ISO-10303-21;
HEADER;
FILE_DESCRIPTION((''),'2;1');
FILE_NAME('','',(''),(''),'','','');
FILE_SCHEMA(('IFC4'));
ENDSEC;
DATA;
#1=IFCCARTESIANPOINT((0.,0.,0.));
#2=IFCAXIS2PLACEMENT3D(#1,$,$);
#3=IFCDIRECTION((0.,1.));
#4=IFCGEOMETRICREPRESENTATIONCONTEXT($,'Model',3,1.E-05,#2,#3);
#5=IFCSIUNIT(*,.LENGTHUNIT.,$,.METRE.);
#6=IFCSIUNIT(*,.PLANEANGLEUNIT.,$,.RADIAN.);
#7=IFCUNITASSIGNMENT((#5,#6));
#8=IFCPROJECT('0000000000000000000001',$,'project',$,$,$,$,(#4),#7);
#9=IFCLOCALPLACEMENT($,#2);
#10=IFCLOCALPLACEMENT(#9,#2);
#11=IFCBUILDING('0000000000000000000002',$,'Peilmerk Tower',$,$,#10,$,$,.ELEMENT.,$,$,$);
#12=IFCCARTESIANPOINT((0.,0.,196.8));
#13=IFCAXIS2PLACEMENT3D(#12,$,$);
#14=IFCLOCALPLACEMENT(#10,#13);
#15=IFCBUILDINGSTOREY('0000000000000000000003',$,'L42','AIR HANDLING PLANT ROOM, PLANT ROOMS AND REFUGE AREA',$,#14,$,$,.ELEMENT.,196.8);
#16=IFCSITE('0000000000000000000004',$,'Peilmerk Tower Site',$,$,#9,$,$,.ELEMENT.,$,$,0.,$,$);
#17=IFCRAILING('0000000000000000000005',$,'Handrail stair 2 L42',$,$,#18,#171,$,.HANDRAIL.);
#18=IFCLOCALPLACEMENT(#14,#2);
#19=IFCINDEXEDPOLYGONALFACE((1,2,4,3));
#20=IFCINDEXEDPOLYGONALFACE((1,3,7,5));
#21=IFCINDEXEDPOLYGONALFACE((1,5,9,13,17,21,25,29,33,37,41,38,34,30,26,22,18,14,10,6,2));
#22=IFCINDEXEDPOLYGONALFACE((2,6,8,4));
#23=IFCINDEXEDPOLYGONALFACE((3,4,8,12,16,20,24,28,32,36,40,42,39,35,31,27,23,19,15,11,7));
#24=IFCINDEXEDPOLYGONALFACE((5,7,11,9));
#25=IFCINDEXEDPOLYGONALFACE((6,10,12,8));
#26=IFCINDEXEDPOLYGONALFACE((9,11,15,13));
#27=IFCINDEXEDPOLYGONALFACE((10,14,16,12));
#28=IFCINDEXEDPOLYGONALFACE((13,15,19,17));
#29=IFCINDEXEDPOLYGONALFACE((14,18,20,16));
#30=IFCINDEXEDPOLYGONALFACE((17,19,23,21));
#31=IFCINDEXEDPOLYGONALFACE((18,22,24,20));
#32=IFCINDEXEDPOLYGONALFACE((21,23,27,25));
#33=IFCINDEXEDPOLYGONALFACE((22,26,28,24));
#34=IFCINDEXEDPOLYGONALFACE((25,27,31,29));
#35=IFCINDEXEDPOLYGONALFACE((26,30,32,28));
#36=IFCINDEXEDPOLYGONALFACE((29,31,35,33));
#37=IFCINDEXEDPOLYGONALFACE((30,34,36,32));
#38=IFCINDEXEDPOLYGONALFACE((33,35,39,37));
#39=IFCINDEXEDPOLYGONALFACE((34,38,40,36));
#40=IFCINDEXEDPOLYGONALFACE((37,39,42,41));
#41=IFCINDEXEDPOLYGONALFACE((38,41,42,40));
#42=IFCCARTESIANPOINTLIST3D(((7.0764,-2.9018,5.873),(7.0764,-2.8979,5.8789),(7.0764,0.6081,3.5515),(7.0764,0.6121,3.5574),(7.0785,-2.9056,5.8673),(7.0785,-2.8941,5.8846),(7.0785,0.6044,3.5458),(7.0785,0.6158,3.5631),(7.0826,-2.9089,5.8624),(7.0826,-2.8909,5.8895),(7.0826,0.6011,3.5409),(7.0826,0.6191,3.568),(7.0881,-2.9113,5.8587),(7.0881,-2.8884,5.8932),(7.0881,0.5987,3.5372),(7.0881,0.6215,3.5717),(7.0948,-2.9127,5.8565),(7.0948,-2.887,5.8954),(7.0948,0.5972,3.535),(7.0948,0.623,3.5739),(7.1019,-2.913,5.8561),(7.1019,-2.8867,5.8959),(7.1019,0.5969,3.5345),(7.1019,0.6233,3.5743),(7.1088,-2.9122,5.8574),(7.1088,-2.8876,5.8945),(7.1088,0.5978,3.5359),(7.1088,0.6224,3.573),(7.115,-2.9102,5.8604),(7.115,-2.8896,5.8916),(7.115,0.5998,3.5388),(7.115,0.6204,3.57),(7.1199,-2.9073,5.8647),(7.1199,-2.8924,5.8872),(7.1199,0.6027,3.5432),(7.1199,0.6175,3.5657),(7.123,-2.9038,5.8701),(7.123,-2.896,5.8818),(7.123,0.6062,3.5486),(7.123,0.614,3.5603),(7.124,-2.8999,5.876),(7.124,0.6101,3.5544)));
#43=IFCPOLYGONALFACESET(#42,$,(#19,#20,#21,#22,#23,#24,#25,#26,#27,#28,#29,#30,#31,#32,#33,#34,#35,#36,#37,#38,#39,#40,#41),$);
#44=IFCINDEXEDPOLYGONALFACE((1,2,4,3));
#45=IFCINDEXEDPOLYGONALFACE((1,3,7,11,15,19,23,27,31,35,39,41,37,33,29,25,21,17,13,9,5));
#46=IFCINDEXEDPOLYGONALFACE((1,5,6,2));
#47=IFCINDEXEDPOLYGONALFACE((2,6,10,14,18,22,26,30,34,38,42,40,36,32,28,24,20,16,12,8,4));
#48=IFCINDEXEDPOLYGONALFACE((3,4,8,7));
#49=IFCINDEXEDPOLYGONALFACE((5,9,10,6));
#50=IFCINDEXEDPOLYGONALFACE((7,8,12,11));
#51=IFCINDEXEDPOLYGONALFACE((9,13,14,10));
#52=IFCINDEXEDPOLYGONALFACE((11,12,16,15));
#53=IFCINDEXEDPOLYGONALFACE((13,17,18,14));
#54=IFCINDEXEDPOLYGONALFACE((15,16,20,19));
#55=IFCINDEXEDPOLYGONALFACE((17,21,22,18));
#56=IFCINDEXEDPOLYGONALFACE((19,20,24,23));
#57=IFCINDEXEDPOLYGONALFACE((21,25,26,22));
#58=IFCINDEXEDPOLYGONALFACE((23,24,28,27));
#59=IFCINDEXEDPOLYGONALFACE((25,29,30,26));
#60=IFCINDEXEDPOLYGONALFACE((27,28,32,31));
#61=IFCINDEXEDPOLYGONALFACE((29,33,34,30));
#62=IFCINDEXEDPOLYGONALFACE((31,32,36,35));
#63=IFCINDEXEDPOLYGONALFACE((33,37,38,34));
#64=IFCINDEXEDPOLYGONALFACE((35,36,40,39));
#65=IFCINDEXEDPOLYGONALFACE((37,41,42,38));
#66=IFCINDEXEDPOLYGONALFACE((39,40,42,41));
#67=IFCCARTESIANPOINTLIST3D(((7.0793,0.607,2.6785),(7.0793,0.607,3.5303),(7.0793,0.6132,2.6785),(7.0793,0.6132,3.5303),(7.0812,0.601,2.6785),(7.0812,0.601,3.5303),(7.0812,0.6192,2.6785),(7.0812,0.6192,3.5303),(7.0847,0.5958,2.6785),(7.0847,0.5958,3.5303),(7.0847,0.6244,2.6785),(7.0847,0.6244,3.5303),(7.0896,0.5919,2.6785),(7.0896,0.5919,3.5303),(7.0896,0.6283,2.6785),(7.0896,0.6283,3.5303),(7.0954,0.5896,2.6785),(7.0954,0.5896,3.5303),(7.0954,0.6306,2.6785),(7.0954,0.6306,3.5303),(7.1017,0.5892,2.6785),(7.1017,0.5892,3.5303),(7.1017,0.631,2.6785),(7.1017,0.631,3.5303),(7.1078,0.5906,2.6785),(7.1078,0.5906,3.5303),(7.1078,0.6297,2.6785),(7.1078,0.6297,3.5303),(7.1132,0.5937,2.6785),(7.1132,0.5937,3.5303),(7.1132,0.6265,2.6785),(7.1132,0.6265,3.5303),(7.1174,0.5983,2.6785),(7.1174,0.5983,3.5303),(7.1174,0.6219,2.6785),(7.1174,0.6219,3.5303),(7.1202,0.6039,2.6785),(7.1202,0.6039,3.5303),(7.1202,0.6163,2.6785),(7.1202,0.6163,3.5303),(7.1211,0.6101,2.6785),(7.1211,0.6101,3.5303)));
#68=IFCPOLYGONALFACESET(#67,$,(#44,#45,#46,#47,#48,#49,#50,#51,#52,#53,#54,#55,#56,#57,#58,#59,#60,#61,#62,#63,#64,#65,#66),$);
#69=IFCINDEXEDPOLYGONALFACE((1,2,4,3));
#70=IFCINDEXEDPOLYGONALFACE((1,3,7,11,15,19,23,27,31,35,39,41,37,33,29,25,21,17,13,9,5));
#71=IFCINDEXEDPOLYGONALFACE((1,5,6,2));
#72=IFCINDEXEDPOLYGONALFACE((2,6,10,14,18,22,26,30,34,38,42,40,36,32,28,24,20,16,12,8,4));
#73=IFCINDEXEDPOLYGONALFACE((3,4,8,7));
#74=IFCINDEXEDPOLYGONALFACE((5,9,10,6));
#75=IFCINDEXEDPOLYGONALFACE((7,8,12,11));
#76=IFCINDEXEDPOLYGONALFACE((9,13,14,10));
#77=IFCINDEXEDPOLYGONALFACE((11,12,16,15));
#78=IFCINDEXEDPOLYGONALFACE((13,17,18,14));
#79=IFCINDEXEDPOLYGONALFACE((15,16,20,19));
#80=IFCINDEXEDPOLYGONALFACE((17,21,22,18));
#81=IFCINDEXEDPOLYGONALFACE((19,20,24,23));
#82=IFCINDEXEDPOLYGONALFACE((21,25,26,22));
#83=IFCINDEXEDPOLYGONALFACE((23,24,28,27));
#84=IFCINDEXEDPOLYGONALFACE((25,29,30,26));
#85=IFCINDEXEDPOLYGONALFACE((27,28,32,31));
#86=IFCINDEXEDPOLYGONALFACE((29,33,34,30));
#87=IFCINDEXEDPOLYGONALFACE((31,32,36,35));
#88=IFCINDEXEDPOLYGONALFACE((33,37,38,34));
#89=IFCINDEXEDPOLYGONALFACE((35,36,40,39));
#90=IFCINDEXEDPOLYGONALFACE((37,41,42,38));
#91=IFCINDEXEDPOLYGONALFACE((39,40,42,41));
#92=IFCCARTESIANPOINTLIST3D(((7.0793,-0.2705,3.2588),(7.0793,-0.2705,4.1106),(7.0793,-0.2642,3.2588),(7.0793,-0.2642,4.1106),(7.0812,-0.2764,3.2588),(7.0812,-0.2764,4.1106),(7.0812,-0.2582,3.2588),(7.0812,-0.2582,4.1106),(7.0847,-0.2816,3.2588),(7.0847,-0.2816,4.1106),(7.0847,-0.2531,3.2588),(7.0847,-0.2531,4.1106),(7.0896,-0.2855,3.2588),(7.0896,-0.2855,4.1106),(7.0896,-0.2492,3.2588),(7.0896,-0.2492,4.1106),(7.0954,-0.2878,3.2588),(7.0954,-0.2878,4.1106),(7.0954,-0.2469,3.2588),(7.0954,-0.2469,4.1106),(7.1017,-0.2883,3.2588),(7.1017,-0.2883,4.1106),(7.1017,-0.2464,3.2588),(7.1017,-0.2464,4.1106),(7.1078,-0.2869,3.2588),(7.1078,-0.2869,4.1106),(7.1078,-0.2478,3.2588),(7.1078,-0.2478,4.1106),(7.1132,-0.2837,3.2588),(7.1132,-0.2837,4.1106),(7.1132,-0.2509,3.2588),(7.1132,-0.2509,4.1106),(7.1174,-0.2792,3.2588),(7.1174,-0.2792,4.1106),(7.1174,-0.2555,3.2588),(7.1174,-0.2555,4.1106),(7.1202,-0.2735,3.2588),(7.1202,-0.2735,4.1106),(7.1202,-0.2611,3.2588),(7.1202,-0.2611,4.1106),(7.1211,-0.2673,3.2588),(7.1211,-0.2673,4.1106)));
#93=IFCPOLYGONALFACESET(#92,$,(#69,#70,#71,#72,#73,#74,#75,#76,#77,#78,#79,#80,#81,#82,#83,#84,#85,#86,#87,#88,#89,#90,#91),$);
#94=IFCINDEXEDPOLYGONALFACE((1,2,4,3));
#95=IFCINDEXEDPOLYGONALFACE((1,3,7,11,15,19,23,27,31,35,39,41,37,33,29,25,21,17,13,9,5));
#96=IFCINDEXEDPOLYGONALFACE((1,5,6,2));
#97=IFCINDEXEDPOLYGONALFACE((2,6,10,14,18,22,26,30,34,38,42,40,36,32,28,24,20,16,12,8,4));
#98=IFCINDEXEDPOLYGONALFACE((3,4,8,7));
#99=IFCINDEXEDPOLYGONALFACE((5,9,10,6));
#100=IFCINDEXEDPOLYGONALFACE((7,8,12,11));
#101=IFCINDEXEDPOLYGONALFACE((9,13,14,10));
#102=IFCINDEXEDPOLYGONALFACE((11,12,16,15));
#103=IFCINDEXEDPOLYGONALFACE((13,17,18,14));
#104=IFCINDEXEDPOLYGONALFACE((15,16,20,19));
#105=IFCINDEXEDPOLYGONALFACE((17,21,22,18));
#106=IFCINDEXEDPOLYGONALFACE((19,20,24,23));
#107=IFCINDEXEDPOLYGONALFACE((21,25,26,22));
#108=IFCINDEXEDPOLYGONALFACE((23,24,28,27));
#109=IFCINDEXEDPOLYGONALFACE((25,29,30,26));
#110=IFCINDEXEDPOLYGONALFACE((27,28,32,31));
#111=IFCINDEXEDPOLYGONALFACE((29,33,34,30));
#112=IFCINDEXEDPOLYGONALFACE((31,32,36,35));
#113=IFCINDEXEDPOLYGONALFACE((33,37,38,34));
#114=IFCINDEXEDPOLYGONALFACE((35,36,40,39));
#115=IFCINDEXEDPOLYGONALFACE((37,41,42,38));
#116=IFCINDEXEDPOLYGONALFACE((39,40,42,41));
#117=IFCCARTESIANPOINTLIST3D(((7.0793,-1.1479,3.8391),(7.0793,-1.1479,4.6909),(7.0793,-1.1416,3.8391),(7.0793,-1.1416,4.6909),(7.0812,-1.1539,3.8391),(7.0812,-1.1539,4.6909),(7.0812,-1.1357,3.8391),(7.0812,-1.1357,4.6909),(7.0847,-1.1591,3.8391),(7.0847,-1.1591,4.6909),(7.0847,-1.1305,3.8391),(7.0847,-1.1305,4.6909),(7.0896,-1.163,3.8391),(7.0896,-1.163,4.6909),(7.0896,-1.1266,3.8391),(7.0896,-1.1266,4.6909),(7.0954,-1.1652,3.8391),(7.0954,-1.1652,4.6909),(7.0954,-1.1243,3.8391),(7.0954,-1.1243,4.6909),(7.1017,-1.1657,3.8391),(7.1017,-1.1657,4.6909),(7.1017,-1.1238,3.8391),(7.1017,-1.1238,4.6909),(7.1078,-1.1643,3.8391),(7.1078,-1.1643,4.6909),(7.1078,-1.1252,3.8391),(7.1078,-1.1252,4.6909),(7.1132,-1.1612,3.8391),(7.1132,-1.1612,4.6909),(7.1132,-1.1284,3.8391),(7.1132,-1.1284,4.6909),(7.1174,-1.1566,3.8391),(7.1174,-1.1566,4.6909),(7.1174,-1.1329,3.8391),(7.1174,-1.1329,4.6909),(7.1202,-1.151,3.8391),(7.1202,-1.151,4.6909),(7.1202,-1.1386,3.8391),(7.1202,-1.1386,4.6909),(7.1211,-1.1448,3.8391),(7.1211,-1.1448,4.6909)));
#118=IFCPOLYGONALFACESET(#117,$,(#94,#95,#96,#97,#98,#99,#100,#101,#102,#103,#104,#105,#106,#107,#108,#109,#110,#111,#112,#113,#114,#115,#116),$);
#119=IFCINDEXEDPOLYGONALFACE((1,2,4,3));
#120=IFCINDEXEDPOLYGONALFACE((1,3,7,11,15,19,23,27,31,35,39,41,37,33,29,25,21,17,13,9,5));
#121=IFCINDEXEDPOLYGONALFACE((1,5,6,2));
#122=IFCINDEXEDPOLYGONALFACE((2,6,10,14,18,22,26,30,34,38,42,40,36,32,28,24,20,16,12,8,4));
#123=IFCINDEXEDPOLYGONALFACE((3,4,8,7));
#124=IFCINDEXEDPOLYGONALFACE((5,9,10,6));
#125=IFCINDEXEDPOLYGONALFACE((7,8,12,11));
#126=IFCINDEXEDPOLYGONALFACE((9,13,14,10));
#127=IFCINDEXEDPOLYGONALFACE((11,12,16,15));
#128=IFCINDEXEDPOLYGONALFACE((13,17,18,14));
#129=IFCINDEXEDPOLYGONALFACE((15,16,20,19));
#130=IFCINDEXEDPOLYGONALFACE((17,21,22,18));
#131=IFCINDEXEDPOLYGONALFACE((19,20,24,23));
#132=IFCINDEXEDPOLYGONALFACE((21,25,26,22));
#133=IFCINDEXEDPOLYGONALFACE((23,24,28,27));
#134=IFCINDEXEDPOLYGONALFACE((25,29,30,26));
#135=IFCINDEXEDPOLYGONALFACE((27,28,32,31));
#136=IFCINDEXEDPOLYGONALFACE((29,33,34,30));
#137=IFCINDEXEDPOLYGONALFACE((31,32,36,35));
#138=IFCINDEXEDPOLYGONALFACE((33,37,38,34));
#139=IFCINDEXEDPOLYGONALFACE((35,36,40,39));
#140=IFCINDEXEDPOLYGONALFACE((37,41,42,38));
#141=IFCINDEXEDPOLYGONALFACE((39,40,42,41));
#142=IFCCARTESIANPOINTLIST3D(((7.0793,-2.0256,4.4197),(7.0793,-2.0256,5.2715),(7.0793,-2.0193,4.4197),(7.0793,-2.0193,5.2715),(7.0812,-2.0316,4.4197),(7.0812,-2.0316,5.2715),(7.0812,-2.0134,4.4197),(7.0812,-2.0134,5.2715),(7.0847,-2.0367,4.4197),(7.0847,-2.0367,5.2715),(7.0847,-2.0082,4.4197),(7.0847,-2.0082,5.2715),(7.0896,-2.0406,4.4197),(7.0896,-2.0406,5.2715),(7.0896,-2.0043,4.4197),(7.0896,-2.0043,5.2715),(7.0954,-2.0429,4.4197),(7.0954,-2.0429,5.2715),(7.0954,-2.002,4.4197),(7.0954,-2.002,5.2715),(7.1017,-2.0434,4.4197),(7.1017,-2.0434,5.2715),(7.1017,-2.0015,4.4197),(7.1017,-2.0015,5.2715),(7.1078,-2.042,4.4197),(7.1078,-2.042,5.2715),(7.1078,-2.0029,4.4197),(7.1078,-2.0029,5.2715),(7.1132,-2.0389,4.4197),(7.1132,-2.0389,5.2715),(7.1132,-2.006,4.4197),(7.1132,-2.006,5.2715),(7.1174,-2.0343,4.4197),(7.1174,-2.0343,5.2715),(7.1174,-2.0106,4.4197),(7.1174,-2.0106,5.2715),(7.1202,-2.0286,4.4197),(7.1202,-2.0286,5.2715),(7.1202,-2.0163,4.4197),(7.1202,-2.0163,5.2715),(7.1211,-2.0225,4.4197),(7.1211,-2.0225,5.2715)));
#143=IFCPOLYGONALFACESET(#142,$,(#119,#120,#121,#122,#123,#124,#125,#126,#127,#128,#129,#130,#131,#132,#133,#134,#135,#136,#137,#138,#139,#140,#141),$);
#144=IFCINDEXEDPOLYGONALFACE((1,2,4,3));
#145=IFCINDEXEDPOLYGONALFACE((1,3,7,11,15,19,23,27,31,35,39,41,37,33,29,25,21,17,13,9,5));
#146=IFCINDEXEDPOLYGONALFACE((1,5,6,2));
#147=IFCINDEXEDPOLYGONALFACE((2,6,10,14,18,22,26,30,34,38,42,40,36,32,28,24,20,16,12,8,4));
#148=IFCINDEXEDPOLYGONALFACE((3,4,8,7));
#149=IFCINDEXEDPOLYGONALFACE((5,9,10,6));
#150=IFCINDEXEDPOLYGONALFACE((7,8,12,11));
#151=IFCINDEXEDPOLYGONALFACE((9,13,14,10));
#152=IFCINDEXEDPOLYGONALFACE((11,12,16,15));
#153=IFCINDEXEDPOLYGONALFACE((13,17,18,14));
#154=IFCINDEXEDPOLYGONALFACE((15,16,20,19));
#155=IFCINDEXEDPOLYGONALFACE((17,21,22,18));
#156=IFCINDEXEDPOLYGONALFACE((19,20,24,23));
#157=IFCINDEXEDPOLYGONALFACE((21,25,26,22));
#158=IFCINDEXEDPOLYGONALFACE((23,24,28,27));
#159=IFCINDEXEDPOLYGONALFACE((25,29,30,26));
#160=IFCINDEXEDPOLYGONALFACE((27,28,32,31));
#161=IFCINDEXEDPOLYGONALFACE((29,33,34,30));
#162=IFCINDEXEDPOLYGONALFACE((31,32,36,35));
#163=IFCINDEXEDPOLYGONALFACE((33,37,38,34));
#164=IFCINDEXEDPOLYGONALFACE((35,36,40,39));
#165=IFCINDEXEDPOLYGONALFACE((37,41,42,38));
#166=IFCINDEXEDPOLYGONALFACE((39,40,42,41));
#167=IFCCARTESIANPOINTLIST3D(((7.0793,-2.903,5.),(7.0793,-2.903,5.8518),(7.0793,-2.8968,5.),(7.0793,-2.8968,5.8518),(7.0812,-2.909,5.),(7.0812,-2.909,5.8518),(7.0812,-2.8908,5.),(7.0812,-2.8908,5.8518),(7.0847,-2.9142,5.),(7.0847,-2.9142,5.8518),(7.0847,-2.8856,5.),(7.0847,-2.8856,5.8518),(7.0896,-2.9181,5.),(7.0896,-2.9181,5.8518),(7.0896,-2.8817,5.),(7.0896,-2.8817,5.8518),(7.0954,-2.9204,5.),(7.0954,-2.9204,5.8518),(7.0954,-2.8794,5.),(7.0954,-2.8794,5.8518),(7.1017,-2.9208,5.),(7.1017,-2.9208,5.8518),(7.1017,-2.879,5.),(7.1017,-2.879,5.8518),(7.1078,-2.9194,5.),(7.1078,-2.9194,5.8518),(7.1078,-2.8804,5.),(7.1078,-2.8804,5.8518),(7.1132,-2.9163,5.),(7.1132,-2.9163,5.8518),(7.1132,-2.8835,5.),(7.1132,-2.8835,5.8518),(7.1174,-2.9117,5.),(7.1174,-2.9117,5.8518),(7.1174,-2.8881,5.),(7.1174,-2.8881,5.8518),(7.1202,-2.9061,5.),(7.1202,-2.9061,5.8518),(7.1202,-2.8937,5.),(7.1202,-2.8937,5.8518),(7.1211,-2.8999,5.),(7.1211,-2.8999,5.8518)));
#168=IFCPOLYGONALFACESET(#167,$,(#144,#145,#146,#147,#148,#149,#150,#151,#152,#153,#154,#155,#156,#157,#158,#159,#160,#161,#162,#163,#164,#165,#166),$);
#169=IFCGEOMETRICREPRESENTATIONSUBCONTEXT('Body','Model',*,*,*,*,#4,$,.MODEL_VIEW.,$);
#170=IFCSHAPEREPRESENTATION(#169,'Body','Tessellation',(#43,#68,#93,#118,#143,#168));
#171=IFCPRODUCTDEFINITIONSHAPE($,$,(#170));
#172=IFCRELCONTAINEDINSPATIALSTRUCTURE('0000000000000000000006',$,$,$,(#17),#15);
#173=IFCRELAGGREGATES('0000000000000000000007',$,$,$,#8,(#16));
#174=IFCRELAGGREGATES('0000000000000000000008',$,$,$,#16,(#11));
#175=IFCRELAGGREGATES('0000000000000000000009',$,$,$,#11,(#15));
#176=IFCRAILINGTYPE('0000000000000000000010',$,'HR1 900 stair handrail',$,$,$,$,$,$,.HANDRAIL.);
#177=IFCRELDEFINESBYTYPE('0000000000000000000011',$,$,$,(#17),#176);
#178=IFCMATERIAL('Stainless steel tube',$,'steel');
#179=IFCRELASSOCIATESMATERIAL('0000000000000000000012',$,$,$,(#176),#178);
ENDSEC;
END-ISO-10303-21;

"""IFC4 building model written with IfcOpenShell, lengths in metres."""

from ifc_helpers import new_model, si_unit, direction, frame, origin, origin_2d, place, context, subcontext, project, spatial, circle, extrude, material, type_object, element, save


model = new_model("IFC4")

# Units and contexts
model_context = context("Model", 3, precision=1e-05, world=origin(), true_north=direction((0.0, 1.0)))
body_context = subcontext(model_context, "Body", "Model", "MODEL_VIEW")
ifc_project = project(units=[si_unit("LENGTHUNIT", "METRE"), si_unit("PLANEANGLEUNIT", "RADIAN")], contexts=[model_context])

# Site, building, storey
site_placement = place(None, origin())
site = spatial("IfcSite", under=ifc_project, at=site_placement, Name="Peilmerk Tower Site", CompositionType="ELEMENT", RefElevation=0.0)
building_placement = place(site_placement, origin())
building = spatial("IfcBuilding", under=site, at=building_placement, Name="Peilmerk Tower", CompositionType="ELEMENT")
storey_placement = place(building_placement, frame((0.0, 0.0, 196.8)))
storey = spatial("IfcBuildingStorey", under=building, at=storey_placement, Name="L42", Description="AIR HANDLING PLANT ROOM, PLANT ROOMS AND REFUGE AREA", CompositionType="ELEMENT", Elevation=196.8)

# Railing
ifc_material_1 = material(Name="Stainless steel tube", Category="steel")
railing_type_1 = type_object("IfcRailingType", Name="HR1 900 stair handrail", PredefinedType="HANDRAIL", material=ifc_material_1)
railing_1_placement = place(storey_placement, frame((7.1001, 0.6101, 2.6785)))
element("IfcRailing", 1, at=railing_1_placement, inside=storey, type_object=railing_type_1, Name="Handrail stair 2 L42", PredefinedType="HANDRAIL", context=body_context, shape_type="SweptSolid", body=[
    extrude(circle(Radius=0.0239, at=origin_2d()), frame((0.0, 0.0, 0.876), z_axis=(0.0, -0.834071, 0.551657), x_axis=(1.0, 0.0, 0.0)), (0.0, 0.0, 1.0), 4.2083),
    extrude(circle(Radius=0.021, at=origin_2d()), origin(), (0.0, 0.0, 1.0), 0.8518),
    extrude(circle(Radius=0.021, at=origin_2d()), frame((0.0, -0.8774, 0.5803)), (0.0, 0.0, 1.0), 0.8518),
    extrude(circle(Radius=0.021, at=origin_2d()), frame((0.0, -1.7549, 1.1606)), (0.0, 0.0, 1.0), 0.8518),
    extrude(circle(Radius=0.021, at=origin_2d()), frame((0.0, -2.6326, 1.7412)), (0.0, 0.0, 1.0), 0.8518),
    extrude(circle(Radius=0.021, at=origin_2d()), frame((0.0, -3.51, 2.3215)), (0.0, 0.0, 1.0), 0.8518),
])

save(model, "model.ifc")
